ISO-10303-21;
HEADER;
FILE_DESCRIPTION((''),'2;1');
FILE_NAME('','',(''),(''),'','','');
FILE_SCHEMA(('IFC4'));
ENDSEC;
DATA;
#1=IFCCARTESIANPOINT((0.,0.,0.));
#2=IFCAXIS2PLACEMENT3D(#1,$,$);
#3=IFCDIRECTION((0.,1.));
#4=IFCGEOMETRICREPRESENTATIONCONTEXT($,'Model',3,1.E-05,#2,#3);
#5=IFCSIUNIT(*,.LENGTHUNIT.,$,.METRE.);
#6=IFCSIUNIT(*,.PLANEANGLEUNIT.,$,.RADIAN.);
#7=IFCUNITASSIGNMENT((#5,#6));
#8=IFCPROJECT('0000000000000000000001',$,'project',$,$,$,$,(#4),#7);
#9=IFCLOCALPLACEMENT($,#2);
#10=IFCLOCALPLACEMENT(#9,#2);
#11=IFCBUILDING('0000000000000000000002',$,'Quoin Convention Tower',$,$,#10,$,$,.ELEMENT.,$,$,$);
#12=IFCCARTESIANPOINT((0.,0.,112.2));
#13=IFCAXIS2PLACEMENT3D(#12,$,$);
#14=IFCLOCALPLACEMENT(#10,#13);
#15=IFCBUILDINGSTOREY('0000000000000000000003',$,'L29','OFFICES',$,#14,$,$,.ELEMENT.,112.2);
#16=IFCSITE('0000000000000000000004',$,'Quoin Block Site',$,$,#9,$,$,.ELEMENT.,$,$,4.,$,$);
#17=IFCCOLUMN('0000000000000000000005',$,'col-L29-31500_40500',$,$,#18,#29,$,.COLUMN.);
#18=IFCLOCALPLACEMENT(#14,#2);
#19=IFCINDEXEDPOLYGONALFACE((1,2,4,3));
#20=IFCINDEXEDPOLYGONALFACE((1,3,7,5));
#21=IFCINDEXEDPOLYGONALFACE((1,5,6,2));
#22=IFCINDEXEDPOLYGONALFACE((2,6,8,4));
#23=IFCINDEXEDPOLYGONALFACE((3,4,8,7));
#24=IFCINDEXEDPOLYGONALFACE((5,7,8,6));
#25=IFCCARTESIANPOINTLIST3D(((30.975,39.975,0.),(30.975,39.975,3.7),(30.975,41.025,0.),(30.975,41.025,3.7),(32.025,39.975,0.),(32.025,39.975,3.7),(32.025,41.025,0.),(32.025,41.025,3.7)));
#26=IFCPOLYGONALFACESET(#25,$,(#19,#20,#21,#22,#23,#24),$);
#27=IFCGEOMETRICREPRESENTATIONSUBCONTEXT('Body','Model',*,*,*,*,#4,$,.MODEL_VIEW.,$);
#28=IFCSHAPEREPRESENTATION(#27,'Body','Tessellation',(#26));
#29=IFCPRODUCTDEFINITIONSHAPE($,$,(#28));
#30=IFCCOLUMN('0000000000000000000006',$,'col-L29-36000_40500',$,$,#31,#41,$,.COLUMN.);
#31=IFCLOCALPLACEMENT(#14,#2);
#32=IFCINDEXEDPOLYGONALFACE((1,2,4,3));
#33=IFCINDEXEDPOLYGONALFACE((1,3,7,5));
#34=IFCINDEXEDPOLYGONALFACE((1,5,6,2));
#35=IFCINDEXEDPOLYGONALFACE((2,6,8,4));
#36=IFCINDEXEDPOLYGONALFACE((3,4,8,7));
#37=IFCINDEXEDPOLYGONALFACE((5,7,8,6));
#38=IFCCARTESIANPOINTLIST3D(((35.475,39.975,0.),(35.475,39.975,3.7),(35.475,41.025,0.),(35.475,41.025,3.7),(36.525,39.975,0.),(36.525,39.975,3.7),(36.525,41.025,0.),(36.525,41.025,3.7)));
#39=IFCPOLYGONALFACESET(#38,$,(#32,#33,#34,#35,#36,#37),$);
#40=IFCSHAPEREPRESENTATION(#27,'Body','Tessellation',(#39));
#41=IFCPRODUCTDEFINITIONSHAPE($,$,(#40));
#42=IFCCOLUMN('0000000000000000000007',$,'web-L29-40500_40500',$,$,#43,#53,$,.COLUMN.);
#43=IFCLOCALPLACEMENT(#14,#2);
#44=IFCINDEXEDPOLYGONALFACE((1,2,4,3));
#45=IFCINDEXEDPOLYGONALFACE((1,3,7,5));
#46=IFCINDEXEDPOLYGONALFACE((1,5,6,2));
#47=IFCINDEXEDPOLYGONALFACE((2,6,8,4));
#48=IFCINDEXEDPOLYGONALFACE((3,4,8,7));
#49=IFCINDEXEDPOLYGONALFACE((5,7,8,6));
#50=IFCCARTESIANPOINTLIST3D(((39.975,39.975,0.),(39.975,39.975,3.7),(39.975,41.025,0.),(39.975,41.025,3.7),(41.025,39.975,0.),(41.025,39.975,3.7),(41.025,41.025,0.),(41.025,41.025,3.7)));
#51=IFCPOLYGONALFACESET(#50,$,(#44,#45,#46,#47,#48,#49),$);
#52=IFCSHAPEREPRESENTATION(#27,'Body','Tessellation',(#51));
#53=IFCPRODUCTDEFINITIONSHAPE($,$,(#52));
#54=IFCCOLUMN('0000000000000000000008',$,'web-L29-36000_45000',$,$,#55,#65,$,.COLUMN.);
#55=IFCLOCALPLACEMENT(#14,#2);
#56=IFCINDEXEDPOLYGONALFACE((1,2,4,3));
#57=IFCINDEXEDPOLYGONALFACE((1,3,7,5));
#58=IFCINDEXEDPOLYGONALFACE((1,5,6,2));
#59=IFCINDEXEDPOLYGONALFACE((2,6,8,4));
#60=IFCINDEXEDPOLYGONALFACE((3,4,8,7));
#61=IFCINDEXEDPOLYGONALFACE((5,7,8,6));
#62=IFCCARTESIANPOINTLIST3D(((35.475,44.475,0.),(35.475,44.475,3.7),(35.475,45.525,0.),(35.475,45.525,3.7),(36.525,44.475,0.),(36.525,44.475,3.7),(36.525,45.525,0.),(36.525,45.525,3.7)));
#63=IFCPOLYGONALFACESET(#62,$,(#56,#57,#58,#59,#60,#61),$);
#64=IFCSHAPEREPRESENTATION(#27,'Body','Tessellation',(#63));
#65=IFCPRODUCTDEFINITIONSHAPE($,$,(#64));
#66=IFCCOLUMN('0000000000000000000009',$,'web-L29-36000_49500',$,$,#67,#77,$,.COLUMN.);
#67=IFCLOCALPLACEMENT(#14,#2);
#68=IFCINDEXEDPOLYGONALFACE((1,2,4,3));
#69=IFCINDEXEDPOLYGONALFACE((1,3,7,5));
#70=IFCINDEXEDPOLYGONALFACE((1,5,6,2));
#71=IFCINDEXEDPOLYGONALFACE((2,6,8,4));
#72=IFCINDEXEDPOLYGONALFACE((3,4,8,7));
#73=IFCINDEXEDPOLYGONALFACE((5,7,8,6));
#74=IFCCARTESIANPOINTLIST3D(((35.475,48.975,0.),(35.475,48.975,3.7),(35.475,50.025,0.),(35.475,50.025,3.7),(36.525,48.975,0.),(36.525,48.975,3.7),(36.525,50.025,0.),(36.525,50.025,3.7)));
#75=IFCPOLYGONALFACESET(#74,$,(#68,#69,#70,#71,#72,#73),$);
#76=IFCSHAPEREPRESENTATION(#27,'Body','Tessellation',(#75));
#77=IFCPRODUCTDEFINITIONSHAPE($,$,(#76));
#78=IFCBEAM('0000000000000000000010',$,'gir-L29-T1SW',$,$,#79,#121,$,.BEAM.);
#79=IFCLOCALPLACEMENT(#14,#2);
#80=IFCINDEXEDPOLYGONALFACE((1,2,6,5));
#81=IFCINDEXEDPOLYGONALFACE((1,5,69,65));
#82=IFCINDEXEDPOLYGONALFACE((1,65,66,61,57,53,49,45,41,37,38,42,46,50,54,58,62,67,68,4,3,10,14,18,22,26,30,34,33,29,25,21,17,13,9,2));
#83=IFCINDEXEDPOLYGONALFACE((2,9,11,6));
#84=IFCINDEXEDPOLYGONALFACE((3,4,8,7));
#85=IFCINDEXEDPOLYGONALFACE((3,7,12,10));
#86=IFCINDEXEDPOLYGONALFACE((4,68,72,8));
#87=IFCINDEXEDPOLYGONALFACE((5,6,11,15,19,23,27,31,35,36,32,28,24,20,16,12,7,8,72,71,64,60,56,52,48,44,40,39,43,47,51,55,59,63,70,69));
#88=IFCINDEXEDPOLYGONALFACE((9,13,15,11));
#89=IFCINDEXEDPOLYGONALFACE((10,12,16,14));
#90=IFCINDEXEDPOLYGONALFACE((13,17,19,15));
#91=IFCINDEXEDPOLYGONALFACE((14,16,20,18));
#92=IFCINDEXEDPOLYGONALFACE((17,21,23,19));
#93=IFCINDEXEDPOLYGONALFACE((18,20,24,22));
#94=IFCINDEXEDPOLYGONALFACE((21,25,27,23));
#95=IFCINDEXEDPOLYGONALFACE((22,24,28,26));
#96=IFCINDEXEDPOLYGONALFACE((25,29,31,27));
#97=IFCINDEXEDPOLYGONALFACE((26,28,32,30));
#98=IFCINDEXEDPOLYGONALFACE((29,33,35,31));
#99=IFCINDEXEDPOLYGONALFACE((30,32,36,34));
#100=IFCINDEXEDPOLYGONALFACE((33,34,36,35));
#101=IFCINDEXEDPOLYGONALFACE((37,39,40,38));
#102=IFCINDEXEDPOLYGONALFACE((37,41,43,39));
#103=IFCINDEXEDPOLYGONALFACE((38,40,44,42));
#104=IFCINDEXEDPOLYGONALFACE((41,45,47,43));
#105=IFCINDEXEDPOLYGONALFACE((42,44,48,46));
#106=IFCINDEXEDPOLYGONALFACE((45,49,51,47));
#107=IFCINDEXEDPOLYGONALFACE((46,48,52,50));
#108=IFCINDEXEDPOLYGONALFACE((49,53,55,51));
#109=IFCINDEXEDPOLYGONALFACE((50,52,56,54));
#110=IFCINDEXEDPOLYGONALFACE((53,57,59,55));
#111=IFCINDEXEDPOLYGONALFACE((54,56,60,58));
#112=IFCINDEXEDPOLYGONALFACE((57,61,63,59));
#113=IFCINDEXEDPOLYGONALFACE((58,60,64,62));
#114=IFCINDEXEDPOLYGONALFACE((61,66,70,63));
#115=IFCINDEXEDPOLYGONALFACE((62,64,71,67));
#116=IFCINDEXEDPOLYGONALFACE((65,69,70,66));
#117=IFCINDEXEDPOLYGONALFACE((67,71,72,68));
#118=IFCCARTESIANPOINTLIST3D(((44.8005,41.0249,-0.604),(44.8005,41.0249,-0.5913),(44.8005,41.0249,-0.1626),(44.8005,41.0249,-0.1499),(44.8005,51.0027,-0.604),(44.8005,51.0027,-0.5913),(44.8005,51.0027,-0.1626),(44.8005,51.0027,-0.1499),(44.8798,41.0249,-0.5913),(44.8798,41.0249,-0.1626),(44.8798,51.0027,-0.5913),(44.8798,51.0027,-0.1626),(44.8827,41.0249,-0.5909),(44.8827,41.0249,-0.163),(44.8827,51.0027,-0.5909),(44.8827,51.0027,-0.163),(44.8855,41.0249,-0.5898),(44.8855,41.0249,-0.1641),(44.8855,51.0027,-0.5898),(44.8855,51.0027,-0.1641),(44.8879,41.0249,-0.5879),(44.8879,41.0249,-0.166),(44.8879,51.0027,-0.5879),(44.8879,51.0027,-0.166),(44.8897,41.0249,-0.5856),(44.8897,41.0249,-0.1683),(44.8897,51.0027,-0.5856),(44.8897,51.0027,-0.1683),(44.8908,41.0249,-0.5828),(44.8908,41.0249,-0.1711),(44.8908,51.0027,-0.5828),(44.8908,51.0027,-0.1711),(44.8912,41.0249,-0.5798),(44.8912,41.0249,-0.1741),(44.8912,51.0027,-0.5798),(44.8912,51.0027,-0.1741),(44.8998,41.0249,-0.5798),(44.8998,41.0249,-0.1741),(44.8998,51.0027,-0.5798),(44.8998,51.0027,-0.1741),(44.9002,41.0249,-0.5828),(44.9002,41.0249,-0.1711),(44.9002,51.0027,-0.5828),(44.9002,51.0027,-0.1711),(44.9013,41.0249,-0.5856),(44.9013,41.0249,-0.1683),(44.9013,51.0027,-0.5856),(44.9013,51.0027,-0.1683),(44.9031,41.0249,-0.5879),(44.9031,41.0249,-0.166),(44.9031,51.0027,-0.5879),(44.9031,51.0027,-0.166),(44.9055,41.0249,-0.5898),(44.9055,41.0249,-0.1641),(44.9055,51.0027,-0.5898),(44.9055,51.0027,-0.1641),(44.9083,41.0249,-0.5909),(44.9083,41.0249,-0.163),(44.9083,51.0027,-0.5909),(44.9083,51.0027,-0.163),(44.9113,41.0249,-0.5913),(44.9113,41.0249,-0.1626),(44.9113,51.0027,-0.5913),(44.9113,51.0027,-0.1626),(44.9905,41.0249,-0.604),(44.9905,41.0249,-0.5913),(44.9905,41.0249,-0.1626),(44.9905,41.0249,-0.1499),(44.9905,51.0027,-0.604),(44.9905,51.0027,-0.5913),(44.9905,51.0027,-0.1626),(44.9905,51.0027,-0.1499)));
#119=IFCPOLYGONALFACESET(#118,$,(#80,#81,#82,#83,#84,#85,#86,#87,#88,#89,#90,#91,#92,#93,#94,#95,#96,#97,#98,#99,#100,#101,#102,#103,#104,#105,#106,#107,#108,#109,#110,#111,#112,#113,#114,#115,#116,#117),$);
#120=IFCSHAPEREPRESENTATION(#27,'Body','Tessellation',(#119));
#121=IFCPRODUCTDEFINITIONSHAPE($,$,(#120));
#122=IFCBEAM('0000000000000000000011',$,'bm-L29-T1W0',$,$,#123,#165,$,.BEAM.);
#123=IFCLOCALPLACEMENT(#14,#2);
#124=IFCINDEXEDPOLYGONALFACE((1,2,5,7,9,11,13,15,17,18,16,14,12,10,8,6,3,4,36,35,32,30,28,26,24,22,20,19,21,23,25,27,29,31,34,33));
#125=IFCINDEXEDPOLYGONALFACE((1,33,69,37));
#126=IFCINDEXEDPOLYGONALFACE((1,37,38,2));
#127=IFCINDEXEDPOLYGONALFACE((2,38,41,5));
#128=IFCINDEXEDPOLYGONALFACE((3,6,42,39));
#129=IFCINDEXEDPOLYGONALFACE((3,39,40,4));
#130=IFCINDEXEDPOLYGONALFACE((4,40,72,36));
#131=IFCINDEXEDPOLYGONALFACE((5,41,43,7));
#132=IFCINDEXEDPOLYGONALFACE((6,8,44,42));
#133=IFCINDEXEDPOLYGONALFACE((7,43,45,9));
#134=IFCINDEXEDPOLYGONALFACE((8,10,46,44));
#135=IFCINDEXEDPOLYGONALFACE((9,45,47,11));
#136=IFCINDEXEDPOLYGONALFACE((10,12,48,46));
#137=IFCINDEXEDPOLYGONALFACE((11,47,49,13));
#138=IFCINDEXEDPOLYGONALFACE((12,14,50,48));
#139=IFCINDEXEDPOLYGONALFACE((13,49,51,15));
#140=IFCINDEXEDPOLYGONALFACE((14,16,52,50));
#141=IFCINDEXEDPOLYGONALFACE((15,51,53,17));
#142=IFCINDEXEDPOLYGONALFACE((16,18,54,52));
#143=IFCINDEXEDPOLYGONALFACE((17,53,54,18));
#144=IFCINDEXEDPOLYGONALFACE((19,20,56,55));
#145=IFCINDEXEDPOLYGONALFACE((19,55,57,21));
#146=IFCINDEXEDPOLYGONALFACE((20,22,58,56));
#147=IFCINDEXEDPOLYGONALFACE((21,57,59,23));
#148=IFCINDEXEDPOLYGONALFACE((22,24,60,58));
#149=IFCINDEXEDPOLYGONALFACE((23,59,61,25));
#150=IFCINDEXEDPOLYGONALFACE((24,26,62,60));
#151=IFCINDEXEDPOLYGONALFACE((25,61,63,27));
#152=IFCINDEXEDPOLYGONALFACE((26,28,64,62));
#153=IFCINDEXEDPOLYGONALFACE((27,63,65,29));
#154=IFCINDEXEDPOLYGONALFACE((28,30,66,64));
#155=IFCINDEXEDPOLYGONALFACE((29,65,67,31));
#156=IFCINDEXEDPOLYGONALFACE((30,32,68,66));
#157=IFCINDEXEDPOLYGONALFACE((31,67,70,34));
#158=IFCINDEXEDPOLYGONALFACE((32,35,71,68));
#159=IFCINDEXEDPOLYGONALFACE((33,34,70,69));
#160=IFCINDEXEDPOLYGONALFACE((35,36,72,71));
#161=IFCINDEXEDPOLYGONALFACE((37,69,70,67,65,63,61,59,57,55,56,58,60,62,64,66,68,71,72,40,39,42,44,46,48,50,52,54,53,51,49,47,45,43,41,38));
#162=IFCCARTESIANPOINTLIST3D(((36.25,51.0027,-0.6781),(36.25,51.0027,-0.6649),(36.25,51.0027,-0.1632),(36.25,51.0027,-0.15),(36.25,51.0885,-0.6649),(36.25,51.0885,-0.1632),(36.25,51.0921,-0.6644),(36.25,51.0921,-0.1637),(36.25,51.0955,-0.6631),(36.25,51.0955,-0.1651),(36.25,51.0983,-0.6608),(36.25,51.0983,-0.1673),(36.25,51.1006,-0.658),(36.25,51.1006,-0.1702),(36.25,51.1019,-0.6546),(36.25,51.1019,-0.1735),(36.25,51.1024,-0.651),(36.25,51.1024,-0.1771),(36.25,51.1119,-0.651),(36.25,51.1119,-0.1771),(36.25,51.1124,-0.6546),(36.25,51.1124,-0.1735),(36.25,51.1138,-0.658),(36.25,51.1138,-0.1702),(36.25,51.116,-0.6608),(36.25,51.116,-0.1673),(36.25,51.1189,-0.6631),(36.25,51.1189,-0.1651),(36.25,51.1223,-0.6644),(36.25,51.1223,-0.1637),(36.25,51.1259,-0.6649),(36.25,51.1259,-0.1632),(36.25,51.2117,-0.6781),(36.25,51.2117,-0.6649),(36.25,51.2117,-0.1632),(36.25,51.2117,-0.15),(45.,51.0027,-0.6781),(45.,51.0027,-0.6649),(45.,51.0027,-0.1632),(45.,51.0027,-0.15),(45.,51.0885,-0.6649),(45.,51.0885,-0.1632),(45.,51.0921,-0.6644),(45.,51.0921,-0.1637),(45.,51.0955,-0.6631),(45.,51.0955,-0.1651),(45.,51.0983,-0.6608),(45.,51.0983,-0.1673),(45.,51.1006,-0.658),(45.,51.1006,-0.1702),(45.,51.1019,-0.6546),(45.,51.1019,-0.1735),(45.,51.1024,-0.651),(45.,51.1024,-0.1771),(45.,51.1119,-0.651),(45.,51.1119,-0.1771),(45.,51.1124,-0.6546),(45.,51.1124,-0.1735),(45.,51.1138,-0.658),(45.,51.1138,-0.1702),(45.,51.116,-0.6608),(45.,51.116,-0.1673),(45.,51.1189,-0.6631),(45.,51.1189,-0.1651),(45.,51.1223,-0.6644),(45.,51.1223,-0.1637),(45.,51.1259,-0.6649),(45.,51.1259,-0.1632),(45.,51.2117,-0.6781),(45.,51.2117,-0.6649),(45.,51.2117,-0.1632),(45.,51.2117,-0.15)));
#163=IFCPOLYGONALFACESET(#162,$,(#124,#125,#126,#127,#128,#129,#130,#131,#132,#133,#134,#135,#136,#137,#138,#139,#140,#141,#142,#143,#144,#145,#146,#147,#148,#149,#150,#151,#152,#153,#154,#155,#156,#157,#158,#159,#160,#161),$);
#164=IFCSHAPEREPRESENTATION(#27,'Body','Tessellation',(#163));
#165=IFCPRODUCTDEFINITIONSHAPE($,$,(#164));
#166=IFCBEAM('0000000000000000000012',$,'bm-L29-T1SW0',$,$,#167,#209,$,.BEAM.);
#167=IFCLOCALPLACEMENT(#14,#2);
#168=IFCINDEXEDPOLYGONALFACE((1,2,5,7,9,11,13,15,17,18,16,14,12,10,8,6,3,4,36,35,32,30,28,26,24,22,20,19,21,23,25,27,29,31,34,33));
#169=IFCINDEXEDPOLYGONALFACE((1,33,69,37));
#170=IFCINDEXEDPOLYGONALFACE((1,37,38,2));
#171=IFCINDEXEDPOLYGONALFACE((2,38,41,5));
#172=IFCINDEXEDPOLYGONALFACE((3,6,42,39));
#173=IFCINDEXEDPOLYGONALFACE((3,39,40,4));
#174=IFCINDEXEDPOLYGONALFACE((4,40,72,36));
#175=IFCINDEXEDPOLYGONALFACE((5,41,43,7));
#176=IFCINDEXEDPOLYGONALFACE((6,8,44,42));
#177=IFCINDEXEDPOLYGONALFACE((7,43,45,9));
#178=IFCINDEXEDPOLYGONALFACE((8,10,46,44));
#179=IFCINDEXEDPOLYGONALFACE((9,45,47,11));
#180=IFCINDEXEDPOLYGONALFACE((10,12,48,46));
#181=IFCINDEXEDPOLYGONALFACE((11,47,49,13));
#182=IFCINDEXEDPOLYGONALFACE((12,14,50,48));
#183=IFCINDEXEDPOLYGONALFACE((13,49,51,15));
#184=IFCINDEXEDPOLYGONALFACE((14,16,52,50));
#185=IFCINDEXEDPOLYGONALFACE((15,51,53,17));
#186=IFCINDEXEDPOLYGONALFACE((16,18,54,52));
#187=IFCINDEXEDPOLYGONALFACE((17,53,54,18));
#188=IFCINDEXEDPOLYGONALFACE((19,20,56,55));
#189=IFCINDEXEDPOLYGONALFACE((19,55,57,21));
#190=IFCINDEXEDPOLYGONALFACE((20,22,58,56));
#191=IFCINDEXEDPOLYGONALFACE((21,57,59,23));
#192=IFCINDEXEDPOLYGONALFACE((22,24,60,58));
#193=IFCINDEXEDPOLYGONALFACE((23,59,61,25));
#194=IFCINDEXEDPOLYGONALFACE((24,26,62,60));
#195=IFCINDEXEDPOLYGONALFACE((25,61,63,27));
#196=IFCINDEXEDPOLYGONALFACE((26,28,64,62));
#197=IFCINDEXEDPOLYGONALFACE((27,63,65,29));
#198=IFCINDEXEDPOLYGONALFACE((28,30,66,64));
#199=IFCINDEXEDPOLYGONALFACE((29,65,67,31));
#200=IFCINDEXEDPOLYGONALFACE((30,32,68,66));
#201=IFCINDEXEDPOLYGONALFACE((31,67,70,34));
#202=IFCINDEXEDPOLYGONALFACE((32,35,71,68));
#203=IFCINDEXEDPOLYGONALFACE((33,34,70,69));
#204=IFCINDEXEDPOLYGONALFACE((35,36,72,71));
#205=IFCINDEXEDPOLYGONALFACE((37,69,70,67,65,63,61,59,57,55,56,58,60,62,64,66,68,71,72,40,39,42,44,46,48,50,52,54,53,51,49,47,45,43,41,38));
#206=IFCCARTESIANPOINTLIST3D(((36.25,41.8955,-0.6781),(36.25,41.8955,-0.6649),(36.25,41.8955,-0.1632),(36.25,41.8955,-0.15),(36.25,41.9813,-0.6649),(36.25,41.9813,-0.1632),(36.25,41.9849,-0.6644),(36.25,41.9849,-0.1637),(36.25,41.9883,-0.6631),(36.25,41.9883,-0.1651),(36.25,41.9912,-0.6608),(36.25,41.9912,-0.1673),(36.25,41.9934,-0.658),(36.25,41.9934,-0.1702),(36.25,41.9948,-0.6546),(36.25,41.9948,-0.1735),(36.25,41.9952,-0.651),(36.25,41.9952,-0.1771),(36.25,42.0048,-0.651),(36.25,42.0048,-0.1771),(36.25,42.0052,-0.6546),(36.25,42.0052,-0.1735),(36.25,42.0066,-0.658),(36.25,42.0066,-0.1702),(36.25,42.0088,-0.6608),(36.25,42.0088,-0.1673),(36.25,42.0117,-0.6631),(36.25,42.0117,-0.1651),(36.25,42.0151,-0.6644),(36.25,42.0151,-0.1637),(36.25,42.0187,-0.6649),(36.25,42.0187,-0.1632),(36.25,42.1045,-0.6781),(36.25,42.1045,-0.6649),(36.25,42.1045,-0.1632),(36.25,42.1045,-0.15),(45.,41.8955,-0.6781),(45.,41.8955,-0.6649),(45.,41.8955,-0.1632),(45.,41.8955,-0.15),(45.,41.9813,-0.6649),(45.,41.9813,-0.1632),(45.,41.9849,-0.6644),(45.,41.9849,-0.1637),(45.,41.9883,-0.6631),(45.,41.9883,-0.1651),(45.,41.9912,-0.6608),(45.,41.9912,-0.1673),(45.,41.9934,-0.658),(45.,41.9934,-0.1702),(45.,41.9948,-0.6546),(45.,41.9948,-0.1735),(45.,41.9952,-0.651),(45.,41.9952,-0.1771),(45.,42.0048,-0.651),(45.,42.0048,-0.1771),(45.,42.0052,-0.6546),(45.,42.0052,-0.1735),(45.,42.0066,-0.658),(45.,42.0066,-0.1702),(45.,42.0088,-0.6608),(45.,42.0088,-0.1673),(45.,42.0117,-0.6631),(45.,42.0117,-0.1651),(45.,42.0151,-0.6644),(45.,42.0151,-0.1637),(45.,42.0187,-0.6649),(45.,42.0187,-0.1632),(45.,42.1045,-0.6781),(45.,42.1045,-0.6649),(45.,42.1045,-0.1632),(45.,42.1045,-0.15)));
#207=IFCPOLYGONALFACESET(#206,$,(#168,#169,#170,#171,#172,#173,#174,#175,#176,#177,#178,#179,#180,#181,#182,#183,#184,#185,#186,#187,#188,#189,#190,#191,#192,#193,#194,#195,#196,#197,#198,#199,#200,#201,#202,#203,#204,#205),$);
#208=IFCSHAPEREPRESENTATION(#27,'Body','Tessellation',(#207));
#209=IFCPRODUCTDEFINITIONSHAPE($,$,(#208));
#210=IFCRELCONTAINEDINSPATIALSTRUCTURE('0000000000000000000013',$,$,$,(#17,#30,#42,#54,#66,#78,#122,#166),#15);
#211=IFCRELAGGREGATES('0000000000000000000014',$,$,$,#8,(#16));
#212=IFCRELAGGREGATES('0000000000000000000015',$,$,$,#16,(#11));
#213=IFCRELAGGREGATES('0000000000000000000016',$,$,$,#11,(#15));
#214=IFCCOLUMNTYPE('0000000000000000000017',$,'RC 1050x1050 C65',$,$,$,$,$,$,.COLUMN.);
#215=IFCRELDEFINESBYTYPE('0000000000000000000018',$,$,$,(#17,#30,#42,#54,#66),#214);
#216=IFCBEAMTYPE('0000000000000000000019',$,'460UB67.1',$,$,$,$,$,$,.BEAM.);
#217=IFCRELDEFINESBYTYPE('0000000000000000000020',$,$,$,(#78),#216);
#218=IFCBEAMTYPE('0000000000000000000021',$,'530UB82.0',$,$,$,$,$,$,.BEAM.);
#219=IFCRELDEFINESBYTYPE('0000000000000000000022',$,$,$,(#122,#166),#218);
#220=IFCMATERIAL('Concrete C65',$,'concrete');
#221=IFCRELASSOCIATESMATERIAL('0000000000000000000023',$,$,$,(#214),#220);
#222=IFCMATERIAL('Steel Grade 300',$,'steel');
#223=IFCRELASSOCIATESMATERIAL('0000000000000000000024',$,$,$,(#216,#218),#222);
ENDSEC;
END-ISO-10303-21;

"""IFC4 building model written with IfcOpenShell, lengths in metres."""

from ifc_helpers import new_model, si_unit, direction, frame, origin, origin_2d, place, context, subcontext, project, spatial, rectangle, i_section, extrude, material, material_profile, profile_set, type_object, element, save


model = new_model("IFC4")

# Units and contexts
model_context = context("Model", 3, precision=1e-05, world=origin(), true_north=direction((0.0, 1.0)))
body_context = subcontext(model_context, "Body", "Model", "MODEL_VIEW")
ifc_project = project(units=[si_unit("LENGTHUNIT", "METRE"), si_unit("PLANEANGLEUNIT", "RADIAN")], contexts=[model_context])

# Site, building, storey
site_placement = place(None, origin())
site = spatial("IfcSite", under=ifc_project, at=site_placement, Name="Quoin Block Site", CompositionType="ELEMENT", RefElevation=4.0)
building_placement = place(site_placement, origin())
building = spatial("IfcBuilding", under=site, at=building_placement, Name="Quoin Convention Tower", CompositionType="ELEMENT")
storey_placement = place(building_placement, frame((0.0, 0.0, 112.2)))
storey = spatial("IfcBuildingStorey", under=building, at=storey_placement, Name="L29", Description="OFFICES", CompositionType="ELEMENT", Elevation=112.2)

# Columns
ifc_material_1 = material(Name="Concrete C65", Category="concrete")
ifc_material_profile_1 = material_profile(ifc_material_1, rectangle(XDim=1.05, YDim=1.05, at=origin_2d()), Name="RC 1050x1050")
ifc_profile_set_1 = profile_set([ifc_material_profile_1], Name="Concrete C65")
column_type = type_object("IfcColumnType", Name="RC 1050x1050 C65", PredefinedType="COLUMN", material=ifc_profile_set_1)
for number, where, z_axis, x_axis, name in (
    (1, (31.5, 40.5, 0.0), (0.0, 0.0, 1.0), (1.0, 0.0, 0.0), "col-L29-31500_40500"),
    (2, (36.0, 40.5, 0.0), (0.0, 0.0, 1.0), (1.0, 0.0, 0.0), "col-L29-36000_40500"),
    (3, (40.5, 40.5, 0.0), (0.0, 0.0, 1.0), (1.0, 0.0, 0.0), "web-L29-40500_40500"),
    (4, (36.0, 45.0, 0.0), (0.0, 0.0, 1.0), (1.0, 0.0, 0.0), "web-L29-36000_45000"),
    (5, (36.0, 49.5, 0.0), (0.0, 0.0, 1.0), (1.0, 0.0, 0.0), "web-L29-36000_49500"),
):
    element("IfcColumn", number, at=place(storey_placement, frame(where, z_axis=z_axis, x_axis=x_axis)), inside=storey, type_object=column_type, Name=name, PredefinedType="COLUMN", context=body_context, shape_type="SweptSolid", body=[
        extrude(rectangle(XDim=1.05, YDim=1.05, at=origin_2d()), origin(), (0.0, 0.0, 1.0), 3.7),
    ])

# Beams
ifc_material_2 = material(Name="Steel Grade 300", Category="steel")
ifc_material_profile_2 = material_profile(ifc_material_2, i_section(OverallWidth=0.1899, OverallDepth=0.4541, WebThickness=0.0085, FlangeThickness=0.0127, FilletRadius=0.0115, at=origin_2d()), Name="460UB67.1")
ifc_profile_set_2 = profile_set([ifc_material_profile_2], Name="Steel Grade 300")
beam_type_1 = type_object("IfcBeamType", Name="460UB67.1", PredefinedType="BEAM", material=ifc_profile_set_2)
beam_1_placement = place(storey_placement, frame((44.8955, 41.0249, -0.377), z_axis=(0.0, 1.0, 0.0), x_axis=(-1.0, 0.0, 0.0)))
element("IfcBeam", 6, at=beam_1_placement, inside=storey, type_object=beam_type_1, Name="gir-L29-T1SW", PredefinedType="BEAM", context=body_context, shape_type="SweptSolid", body=[
    extrude(i_section(OverallWidth=0.1899, OverallDepth=0.4541, WebThickness=0.0085, FlangeThickness=0.0127, FilletRadius=0.0115, at=origin_2d()), origin(), (0.0, 0.0, 1.0), 9.9778),
])
ifc_material_profile_3 = material_profile(ifc_material_2, i_section(OverallWidth=0.209, OverallDepth=0.5281, WebThickness=0.0095, FlangeThickness=0.0132, FilletRadius=0.0139, at=origin_2d()), Name="530UB82.0")
ifc_profile_set_3 = profile_set([ifc_material_profile_3], Name="Steel Grade 300")
beam_type_2 = type_object("IfcBeamType", Name="530UB82.0", PredefinedType="BEAM", material=ifc_profile_set_3)
for number, where, z_axis, x_axis, name in (
    (7, (36.25, 51.1072, -0.4141), (1.0, 0.0, 0.0), (0.0, 1.0, 0.0), "bm-L29-T1W0"),
    (8, (36.25, 42.0, -0.4141), (1.0, 0.0, 0.0), (0.0, 1.0, 0.0), "bm-L29-T1SW0"),
):
    element("IfcBeam", number, at=place(storey_placement, frame(where, z_axis=z_axis, x_axis=x_axis)), inside=storey, type_object=beam_type_2, Name=name, PredefinedType="BEAM", context=body_context, shape_type="SweptSolid", body=[
        extrude(i_section(OverallWidth=0.209, OverallDepth=0.5281, WebThickness=0.0095, FlangeThickness=0.0132, FilletRadius=0.0139, at=origin_2d()), origin(), (0.0, 0.0, 1.0), 8.75),
    ])

save(model, "model.ifc")
